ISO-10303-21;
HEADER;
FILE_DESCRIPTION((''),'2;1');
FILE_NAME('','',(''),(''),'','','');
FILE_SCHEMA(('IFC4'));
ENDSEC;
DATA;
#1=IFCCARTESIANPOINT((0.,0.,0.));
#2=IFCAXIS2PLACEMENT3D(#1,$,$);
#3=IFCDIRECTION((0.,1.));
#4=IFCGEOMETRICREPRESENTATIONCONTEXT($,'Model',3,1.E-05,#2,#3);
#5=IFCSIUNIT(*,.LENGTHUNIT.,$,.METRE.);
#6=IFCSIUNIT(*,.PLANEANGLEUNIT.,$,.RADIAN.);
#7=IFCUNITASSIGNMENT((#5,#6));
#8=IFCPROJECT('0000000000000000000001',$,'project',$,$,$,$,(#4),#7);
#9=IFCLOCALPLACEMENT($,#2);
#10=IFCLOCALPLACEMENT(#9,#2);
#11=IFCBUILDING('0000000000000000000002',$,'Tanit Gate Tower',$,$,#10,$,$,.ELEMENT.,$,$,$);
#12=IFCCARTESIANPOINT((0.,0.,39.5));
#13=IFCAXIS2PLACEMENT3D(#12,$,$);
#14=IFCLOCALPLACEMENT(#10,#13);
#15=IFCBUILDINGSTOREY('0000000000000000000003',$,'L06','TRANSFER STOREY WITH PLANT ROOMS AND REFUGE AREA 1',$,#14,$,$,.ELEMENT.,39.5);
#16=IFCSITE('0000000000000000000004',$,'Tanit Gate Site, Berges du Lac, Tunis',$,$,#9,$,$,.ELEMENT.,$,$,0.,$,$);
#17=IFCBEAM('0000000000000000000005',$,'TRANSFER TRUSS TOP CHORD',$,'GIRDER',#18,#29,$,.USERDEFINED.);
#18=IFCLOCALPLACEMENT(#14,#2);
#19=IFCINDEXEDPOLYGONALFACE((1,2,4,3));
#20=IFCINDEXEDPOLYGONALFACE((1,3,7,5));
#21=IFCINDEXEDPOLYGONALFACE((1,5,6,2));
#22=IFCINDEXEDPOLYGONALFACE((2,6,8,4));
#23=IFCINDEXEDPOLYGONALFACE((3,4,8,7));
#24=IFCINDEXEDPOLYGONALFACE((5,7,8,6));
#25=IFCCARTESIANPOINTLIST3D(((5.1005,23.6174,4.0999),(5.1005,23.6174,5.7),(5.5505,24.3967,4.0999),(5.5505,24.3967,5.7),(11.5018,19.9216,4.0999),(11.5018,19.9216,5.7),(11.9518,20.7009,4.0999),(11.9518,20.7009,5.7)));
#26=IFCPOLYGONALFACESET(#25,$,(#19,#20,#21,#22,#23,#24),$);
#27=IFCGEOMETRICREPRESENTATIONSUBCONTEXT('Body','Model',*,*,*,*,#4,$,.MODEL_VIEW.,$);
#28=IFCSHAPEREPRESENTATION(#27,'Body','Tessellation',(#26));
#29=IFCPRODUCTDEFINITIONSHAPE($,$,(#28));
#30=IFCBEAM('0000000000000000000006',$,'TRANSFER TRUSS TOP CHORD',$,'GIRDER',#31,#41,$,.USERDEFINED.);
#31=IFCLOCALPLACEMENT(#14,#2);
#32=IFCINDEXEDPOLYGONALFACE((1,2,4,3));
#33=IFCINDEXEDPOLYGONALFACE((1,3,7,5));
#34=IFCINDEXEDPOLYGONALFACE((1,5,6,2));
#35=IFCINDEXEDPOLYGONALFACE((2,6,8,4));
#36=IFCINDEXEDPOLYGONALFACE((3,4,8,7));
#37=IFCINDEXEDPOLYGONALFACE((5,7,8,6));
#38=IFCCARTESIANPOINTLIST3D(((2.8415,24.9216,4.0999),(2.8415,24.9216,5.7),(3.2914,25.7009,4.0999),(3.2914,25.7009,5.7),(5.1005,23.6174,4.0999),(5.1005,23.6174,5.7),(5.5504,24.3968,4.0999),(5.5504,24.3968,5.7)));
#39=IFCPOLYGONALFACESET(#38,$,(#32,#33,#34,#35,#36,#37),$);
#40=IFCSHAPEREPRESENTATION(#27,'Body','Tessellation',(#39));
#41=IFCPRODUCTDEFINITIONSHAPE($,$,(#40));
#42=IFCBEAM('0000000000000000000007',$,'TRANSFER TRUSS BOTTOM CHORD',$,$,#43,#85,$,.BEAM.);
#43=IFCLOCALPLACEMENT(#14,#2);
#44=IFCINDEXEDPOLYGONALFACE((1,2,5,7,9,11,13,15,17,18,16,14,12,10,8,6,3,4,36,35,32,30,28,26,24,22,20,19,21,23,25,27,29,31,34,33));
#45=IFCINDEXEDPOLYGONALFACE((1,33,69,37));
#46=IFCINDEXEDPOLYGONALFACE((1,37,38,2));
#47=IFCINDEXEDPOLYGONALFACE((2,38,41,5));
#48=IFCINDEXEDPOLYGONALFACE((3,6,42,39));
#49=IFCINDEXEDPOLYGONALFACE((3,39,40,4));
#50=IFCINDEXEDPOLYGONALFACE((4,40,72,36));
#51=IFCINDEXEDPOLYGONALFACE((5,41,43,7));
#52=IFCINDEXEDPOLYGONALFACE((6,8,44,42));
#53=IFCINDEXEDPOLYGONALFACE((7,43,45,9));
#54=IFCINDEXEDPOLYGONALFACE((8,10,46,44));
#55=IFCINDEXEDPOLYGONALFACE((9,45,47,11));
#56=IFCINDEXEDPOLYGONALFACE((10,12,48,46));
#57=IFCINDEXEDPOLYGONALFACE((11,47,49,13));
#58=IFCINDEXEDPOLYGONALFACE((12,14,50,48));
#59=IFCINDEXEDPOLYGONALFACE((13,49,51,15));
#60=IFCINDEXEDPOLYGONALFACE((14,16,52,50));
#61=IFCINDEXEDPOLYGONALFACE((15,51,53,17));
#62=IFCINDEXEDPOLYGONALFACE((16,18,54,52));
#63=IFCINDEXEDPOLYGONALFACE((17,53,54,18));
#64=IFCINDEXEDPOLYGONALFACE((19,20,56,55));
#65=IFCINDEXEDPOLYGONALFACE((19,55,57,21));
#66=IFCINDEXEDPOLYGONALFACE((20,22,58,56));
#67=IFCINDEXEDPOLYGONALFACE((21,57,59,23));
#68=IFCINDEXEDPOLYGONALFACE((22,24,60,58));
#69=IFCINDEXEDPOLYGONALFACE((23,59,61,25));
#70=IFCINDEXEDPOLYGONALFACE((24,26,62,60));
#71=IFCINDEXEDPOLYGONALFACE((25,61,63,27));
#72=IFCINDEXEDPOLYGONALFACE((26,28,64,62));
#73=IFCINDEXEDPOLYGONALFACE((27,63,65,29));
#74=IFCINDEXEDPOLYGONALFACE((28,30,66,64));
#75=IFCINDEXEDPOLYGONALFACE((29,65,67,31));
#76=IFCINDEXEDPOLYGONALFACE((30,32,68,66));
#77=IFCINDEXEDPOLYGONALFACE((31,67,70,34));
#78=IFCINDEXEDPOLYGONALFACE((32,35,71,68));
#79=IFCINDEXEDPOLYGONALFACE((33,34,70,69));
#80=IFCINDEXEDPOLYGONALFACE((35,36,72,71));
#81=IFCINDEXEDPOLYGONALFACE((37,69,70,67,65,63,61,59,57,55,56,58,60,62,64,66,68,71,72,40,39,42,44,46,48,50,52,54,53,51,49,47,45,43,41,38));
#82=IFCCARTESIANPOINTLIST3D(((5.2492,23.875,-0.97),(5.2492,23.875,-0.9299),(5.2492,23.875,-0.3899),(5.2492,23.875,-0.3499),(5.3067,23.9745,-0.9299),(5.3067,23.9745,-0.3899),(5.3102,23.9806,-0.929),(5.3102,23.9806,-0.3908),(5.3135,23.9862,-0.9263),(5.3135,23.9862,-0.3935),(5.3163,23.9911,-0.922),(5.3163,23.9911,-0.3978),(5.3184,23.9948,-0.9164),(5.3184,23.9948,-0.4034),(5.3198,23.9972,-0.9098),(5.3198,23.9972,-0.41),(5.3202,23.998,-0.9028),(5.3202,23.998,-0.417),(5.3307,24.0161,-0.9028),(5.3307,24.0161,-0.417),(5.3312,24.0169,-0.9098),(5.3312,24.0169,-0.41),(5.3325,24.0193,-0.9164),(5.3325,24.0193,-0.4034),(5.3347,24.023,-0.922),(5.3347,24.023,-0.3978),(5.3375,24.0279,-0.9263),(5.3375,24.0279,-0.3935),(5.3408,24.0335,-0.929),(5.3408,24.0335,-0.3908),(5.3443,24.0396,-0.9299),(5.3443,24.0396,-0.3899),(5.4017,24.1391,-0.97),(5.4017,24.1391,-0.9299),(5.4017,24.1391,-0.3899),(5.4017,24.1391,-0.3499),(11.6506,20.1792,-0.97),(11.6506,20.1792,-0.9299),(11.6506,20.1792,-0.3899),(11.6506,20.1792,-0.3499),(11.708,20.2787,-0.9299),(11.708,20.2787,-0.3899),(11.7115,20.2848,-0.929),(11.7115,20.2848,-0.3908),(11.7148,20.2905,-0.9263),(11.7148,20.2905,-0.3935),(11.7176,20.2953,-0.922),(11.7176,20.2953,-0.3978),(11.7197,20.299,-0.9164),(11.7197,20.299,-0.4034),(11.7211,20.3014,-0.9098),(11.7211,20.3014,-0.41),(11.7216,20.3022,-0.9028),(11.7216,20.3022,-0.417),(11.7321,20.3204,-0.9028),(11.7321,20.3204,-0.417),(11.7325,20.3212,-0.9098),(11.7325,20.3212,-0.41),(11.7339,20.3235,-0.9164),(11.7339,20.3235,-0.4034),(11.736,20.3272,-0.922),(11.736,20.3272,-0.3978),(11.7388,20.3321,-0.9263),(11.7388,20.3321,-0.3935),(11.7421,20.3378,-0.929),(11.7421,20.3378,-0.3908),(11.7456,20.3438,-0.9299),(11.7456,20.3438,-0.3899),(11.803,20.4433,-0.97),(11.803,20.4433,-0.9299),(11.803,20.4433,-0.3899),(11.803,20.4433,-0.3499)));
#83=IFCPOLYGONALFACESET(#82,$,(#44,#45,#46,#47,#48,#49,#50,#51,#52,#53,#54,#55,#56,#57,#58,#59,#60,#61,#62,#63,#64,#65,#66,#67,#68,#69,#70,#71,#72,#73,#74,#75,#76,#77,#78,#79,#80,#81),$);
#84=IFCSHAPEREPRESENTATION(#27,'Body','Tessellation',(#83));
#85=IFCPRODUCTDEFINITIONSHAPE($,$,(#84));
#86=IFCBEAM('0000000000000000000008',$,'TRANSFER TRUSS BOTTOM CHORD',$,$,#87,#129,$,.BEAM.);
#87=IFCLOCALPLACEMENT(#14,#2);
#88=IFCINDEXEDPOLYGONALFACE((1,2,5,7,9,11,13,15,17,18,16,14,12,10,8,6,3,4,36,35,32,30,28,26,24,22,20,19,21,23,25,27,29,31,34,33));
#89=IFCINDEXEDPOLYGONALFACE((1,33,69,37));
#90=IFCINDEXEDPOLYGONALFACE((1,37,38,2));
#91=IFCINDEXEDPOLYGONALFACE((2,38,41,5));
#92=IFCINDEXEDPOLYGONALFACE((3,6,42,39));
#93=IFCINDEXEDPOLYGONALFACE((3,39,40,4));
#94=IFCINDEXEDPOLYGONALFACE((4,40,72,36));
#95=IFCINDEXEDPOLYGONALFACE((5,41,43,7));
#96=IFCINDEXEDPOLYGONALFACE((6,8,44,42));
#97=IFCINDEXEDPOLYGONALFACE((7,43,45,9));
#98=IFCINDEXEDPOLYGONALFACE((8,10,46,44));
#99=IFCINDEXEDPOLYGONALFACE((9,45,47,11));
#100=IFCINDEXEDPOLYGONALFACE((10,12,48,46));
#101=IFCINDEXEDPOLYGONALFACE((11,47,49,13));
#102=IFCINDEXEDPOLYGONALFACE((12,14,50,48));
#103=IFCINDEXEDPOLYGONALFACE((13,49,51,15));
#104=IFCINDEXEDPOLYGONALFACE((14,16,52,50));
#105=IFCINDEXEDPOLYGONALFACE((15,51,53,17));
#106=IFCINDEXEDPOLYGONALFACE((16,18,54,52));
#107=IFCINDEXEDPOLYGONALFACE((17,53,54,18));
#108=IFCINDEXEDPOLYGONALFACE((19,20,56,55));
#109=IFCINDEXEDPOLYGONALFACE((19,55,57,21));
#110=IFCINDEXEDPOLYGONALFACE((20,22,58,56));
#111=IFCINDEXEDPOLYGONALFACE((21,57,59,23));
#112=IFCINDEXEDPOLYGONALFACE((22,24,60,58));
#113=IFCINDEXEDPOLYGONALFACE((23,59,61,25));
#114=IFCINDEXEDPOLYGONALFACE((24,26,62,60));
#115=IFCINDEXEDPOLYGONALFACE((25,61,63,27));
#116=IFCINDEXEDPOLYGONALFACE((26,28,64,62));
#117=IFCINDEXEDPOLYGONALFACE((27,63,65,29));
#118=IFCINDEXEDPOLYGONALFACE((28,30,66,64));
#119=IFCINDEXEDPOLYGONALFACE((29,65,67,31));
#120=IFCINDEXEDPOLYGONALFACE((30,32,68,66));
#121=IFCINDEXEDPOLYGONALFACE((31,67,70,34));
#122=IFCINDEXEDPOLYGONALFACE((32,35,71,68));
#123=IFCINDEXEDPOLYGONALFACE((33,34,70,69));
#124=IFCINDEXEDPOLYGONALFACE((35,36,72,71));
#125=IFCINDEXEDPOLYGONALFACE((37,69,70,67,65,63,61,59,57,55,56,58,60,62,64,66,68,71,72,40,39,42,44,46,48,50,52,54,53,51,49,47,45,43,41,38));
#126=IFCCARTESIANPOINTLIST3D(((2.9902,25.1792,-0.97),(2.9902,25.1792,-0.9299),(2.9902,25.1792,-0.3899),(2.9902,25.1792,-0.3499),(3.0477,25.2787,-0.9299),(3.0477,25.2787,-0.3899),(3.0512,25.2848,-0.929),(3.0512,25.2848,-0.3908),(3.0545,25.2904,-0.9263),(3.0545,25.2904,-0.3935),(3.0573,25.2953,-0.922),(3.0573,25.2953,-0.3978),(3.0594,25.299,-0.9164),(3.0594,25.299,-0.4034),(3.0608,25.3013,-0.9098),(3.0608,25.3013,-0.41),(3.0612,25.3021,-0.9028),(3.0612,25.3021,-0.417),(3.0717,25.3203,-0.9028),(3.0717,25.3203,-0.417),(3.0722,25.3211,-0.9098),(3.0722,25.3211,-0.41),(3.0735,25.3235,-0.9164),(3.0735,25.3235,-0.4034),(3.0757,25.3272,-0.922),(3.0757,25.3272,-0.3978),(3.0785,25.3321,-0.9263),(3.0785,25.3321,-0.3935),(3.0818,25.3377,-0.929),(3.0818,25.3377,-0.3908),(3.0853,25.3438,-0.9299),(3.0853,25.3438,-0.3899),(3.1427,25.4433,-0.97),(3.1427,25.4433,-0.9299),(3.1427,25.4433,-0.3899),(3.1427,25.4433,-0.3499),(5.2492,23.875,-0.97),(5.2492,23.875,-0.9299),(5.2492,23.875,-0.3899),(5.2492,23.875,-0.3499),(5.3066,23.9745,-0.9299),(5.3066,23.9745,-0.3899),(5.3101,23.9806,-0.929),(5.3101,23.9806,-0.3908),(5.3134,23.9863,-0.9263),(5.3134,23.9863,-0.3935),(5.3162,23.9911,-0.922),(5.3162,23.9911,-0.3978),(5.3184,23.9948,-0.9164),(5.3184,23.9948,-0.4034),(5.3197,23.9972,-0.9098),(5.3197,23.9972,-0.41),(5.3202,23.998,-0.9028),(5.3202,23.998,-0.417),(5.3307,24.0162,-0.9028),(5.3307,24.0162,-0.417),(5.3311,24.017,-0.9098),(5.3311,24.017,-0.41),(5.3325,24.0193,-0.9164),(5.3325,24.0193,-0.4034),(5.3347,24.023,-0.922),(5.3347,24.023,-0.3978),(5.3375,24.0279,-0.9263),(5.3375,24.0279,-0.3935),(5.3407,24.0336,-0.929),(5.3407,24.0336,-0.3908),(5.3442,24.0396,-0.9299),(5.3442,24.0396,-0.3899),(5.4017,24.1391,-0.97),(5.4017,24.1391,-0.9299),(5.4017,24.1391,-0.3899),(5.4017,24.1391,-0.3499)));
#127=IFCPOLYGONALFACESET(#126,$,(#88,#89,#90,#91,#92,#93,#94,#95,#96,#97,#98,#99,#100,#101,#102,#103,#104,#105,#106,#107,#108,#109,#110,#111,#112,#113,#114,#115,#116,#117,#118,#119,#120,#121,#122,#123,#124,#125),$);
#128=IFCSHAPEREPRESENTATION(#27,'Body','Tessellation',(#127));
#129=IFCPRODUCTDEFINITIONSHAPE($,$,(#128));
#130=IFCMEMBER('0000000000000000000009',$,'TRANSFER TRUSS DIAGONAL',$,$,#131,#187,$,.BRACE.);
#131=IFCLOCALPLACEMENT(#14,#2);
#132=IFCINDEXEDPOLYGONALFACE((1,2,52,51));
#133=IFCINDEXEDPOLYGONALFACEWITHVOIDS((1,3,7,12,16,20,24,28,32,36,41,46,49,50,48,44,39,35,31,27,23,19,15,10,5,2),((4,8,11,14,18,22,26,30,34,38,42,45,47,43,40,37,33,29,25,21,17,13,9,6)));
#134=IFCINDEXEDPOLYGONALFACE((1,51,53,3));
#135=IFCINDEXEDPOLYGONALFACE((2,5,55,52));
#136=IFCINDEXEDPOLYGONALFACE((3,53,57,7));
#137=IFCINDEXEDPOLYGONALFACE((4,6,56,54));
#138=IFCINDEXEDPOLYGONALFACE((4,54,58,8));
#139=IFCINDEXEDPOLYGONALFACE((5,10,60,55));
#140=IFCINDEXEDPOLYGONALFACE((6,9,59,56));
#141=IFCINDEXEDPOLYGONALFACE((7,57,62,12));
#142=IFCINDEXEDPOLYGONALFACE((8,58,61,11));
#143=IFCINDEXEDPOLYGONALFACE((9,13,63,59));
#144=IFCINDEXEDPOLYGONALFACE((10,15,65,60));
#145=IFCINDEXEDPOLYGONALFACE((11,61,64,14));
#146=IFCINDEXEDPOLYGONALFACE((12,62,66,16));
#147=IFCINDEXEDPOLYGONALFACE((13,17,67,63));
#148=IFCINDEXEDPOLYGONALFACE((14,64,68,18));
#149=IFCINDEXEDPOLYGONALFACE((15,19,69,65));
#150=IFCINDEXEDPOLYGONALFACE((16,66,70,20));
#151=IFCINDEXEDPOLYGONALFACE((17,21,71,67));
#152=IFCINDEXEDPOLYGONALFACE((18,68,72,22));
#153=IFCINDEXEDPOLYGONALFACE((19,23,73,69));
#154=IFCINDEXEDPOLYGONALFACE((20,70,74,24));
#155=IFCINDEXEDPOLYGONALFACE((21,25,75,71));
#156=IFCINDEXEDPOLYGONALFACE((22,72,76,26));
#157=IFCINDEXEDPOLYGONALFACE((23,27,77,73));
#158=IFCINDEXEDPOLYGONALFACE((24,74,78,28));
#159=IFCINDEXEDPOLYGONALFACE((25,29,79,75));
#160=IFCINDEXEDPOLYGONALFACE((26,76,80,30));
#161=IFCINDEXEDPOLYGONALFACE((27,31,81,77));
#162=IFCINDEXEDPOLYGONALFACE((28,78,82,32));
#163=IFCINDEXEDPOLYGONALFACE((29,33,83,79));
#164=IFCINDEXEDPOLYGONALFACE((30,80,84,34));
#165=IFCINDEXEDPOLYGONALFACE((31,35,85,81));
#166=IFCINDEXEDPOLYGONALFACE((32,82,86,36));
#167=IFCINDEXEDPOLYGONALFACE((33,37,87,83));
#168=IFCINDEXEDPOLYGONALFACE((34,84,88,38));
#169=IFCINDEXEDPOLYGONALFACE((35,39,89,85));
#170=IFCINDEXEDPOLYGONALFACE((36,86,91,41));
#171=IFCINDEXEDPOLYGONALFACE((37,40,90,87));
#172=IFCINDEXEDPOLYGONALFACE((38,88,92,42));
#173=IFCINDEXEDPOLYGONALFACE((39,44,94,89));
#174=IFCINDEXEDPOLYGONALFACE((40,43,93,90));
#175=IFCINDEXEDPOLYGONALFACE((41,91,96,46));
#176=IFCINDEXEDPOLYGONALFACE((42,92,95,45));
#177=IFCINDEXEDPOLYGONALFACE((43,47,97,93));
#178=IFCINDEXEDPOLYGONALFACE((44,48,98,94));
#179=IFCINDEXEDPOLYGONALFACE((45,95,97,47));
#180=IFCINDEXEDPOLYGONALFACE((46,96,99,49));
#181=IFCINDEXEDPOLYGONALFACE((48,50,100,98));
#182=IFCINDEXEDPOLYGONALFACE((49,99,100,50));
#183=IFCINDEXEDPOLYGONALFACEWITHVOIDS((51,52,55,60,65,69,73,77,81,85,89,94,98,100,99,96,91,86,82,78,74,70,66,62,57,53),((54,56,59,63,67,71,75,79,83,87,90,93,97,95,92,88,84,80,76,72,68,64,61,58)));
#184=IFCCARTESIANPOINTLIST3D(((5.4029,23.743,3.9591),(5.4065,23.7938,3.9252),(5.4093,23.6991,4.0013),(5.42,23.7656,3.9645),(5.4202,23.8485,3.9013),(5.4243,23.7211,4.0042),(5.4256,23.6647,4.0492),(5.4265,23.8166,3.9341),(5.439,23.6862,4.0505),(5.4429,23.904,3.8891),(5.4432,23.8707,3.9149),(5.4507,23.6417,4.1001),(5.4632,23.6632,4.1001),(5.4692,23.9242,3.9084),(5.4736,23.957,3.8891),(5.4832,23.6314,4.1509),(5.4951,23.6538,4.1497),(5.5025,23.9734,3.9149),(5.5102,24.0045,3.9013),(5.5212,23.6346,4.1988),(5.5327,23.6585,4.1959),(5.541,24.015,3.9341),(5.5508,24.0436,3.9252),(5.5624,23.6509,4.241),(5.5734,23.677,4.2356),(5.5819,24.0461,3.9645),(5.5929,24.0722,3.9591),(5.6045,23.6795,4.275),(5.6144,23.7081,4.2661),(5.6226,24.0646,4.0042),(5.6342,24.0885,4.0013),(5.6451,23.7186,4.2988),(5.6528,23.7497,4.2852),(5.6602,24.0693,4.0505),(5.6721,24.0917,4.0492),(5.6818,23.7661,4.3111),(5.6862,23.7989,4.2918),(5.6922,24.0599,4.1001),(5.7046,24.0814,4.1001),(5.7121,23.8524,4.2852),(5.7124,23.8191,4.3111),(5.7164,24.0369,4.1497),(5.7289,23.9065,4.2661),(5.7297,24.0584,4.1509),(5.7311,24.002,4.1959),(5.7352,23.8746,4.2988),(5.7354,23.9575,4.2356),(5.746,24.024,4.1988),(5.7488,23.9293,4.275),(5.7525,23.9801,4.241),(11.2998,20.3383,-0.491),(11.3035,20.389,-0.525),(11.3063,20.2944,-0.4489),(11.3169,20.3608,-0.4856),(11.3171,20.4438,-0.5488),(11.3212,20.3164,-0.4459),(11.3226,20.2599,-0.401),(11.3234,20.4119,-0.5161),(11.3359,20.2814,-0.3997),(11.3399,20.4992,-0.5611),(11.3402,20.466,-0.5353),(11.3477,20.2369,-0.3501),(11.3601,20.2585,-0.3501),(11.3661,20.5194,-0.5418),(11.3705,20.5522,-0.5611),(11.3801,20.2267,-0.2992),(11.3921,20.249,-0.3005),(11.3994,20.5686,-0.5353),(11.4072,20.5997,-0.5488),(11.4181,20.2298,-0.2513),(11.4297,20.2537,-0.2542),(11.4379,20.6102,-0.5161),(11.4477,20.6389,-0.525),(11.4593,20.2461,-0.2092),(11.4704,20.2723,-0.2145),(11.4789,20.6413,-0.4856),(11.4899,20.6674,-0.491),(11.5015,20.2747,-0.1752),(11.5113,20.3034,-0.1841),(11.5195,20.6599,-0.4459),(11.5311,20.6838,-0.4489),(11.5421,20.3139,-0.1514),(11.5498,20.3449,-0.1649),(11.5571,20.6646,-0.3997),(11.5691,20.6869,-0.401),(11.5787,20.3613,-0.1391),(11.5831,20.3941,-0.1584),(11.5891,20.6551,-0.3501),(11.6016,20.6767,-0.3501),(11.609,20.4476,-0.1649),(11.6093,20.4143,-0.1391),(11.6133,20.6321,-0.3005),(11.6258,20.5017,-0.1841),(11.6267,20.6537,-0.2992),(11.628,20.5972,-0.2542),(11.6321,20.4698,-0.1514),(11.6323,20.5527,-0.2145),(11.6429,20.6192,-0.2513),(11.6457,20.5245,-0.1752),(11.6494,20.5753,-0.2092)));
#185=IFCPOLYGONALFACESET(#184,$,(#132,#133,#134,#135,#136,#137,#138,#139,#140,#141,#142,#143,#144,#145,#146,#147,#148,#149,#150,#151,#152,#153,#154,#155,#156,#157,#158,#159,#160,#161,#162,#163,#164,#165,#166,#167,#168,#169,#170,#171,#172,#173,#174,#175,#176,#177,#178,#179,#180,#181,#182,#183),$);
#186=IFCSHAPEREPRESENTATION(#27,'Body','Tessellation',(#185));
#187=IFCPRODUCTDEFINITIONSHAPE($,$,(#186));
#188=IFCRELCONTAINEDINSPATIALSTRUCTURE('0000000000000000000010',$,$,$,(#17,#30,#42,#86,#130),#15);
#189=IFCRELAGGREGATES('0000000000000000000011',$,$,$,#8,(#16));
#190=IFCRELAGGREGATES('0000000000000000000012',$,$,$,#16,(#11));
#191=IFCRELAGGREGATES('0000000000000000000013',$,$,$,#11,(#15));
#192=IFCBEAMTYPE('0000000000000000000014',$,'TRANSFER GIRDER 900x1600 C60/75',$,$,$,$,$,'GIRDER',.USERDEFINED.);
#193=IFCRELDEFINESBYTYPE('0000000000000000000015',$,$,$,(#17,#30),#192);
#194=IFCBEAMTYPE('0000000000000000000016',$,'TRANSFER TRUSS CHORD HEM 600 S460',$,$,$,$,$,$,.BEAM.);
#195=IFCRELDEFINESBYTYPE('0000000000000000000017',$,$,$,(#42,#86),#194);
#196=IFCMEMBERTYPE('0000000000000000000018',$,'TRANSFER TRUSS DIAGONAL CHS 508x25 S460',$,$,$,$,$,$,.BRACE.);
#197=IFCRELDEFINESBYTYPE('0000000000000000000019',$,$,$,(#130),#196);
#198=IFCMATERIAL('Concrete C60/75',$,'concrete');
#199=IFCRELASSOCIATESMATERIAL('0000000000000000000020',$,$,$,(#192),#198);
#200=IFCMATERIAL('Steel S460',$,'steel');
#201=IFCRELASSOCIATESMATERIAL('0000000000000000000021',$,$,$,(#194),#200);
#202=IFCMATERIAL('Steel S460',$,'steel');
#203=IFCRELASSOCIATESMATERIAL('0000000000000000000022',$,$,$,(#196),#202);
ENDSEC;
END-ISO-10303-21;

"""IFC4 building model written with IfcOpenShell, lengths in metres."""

from ifc_helpers import new_model, si_unit, direction, frame, origin, origin_2d, place, context, subcontext, project, spatial, rectangle, hollow_circle, i_section, extrude, material, material_profile, profile_set, type_object, element, save


model = new_model("IFC4")

# Units and contexts
model_context = context("Model", 3, precision=1e-05, world=origin(), true_north=direction((0.0, 1.0)))
body_context = subcontext(model_context, "Body", "Model", "MODEL_VIEW")
ifc_project = project(units=[si_unit("LENGTHUNIT", "METRE"), si_unit("PLANEANGLEUNIT", "RADIAN")], contexts=[model_context])

# Site, building, storey
site_placement = place(None, origin())
site = spatial("IfcSite", under=ifc_project, at=site_placement, Name="Tanit Gate Site, Berges du Lac, Tunis", CompositionType="ELEMENT", RefElevation=0.0)
building_placement = place(site_placement, origin())
building = spatial("IfcBuilding", under=site, at=building_placement, Name="Tanit Gate Tower", CompositionType="ELEMENT")
storey_placement = place(building_placement, frame((0.0, 0.0, 39.5)))
storey = spatial("IfcBuildingStorey", under=building, at=storey_placement, Name="L06", Description="TRANSFER STOREY WITH PLANT ROOMS AND REFUGE AREA 1", CompositionType="ELEMENT", Elevation=39.5)

# Beams
ifc_material_1 = material(Name="Concrete C60/75", Category="concrete")
ifc_material_profile_1 = material_profile(ifc_material_1, rectangle(XDim=0.8999, YDim=1.6001, at=origin_2d()), Name="RC 900x1600")
ifc_profile_set_1 = profile_set([ifc_material_profile_1], Name="Concrete C60/75")
beam_type_1 = type_object("IfcBeamType", Name="TRANSFER GIRDER 900x1600 C60/75", ElementType="GIRDER", PredefinedType="USERDEFINED", material=ifc_profile_set_1)
beam_1_placement = place(storey_placement, frame((11.7268, 20.3113, 4.8999), z_axis=(-0.866027, 0.499997, 0.0), x_axis=(-0.499997, -0.866027, 0.0)))
element("IfcBeam", 1, at=beam_1_placement, inside=storey, type_object=beam_type_1, Name="TRANSFER TRUSS TOP CHORD", ObjectType="GIRDER", PredefinedType="USERDEFINED", context=body_context, shape_type="SweptSolid", body=[
    extrude(rectangle(XDim=0.8999, YDim=1.6001, at=origin_2d()), origin(), (0.0, 0.0, 1.0), 7.3916),
])
beam_2_placement = place(storey_placement, frame((5.3254, 24.0071, 4.8999), z_axis=(-0.866034, 0.499984, 0.0), x_axis=(-0.499984, -0.866034, 0.0)))
element("IfcBeam", 2, at=beam_2_placement, inside=storey, type_object=beam_type_1, Name="TRANSFER TRUSS TOP CHORD", ObjectType="GIRDER", PredefinedType="USERDEFINED", context=body_context, shape_type="SweptSolid", body=[
    extrude(rectangle(XDim=0.8999, YDim=1.6001, at=origin_2d()), origin(), (0.0, 0.0, 1.0), 2.6084),
])
ifc_material_2 = material(Name="Steel S460", Category="steel")
ifc_material_profile_2 = material_profile(ifc_material_2, i_section(OverallWidth=0.3049, OverallDepth=0.6201, WebThickness=0.021, FlangeThickness=0.04, FilletRadius=0.0271, at=origin_2d()), Name="HEM 600")
ifc_profile_set_2 = profile_set([ifc_material_profile_2], Name="Steel S460")
beam_type_2 = type_object("IfcBeamType", Name="TRANSFER TRUSS CHORD HEM 600 S460", PredefinedType="BEAM", material=ifc_profile_set_2)
beam_3_placement = place(storey_placement, frame((11.7268, 20.3113, -0.6599), z_axis=(-0.866027, 0.499997, 0.0), x_axis=(-0.499997, -0.866027, 0.0)))
element("IfcBeam", 3, at=beam_3_placement, inside=storey, type_object=beam_type_2, Name="TRANSFER TRUSS BOTTOM CHORD", PredefinedType="BEAM", context=body_context, shape_type="SweptSolid", body=[
    extrude(i_section(OverallWidth=0.3049, OverallDepth=0.6201, WebThickness=0.021, FlangeThickness=0.04, FilletRadius=0.0271, at=origin_2d()), origin(), (0.0, 0.0, 1.0), 7.3916),
])
beam_4_placement = place(storey_placement, frame((5.3254, 24.0071, -0.6599), z_axis=(-0.866034, 0.499984, 0.0), x_axis=(-0.499984, -0.866034, 0.0)))
element("IfcBeam", 4, at=beam_4_placement, inside=storey, type_object=beam_type_2, Name="TRANSFER TRUSS BOTTOM CHORD", PredefinedType="BEAM", context=body_context, shape_type="SweptSolid", body=[
    extrude(i_section(OverallWidth=0.3049, OverallDepth=0.6201, WebThickness=0.021, FlangeThickness=0.04, FilletRadius=0.0271, at=origin_2d()), origin(), (0.0, 0.0, 1.0), 2.6084),
])

# Member
ifc_material_3 = material(Name="Steel S460", Category="steel")
ifc_material_profile_3 = material_profile(ifc_material_3, hollow_circle(Radius=0.2539, WallThickness=0.0249, at=origin_2d()), Name="CHS 508x25")
ifc_profile_set_3 = profile_set([ifc_material_profile_3], Name="Steel S460")
member_type_1 = type_object("IfcMemberType", Name="TRANSFER TRUSS DIAGONAL CHS 508x25 S460", PredefinedType="BRACE", material=ifc_profile_set_3)
member_1_placement = place(storey_placement, frame((11.4746, 20.4568, -0.3501), z_axis=(-0.724928, 0.418558, 0.547073), x_axis=(-0.500018, -0.866015, 0.0)))
element("IfcMember", 5, at=member_1_placement, inside=storey, type_object=member_type_1, Name="TRANSFER TRUSS DIAGONAL", PredefinedType="BRACE", context=body_context, shape_type="SweptSolid", body=[
    extrude(hollow_circle(Radius=0.2539, WallThickness=0.0249, at=origin_2d()), origin(), (0.0, 0.0, 1.0), 8.1345),
])

save(model, "model.ifc")
